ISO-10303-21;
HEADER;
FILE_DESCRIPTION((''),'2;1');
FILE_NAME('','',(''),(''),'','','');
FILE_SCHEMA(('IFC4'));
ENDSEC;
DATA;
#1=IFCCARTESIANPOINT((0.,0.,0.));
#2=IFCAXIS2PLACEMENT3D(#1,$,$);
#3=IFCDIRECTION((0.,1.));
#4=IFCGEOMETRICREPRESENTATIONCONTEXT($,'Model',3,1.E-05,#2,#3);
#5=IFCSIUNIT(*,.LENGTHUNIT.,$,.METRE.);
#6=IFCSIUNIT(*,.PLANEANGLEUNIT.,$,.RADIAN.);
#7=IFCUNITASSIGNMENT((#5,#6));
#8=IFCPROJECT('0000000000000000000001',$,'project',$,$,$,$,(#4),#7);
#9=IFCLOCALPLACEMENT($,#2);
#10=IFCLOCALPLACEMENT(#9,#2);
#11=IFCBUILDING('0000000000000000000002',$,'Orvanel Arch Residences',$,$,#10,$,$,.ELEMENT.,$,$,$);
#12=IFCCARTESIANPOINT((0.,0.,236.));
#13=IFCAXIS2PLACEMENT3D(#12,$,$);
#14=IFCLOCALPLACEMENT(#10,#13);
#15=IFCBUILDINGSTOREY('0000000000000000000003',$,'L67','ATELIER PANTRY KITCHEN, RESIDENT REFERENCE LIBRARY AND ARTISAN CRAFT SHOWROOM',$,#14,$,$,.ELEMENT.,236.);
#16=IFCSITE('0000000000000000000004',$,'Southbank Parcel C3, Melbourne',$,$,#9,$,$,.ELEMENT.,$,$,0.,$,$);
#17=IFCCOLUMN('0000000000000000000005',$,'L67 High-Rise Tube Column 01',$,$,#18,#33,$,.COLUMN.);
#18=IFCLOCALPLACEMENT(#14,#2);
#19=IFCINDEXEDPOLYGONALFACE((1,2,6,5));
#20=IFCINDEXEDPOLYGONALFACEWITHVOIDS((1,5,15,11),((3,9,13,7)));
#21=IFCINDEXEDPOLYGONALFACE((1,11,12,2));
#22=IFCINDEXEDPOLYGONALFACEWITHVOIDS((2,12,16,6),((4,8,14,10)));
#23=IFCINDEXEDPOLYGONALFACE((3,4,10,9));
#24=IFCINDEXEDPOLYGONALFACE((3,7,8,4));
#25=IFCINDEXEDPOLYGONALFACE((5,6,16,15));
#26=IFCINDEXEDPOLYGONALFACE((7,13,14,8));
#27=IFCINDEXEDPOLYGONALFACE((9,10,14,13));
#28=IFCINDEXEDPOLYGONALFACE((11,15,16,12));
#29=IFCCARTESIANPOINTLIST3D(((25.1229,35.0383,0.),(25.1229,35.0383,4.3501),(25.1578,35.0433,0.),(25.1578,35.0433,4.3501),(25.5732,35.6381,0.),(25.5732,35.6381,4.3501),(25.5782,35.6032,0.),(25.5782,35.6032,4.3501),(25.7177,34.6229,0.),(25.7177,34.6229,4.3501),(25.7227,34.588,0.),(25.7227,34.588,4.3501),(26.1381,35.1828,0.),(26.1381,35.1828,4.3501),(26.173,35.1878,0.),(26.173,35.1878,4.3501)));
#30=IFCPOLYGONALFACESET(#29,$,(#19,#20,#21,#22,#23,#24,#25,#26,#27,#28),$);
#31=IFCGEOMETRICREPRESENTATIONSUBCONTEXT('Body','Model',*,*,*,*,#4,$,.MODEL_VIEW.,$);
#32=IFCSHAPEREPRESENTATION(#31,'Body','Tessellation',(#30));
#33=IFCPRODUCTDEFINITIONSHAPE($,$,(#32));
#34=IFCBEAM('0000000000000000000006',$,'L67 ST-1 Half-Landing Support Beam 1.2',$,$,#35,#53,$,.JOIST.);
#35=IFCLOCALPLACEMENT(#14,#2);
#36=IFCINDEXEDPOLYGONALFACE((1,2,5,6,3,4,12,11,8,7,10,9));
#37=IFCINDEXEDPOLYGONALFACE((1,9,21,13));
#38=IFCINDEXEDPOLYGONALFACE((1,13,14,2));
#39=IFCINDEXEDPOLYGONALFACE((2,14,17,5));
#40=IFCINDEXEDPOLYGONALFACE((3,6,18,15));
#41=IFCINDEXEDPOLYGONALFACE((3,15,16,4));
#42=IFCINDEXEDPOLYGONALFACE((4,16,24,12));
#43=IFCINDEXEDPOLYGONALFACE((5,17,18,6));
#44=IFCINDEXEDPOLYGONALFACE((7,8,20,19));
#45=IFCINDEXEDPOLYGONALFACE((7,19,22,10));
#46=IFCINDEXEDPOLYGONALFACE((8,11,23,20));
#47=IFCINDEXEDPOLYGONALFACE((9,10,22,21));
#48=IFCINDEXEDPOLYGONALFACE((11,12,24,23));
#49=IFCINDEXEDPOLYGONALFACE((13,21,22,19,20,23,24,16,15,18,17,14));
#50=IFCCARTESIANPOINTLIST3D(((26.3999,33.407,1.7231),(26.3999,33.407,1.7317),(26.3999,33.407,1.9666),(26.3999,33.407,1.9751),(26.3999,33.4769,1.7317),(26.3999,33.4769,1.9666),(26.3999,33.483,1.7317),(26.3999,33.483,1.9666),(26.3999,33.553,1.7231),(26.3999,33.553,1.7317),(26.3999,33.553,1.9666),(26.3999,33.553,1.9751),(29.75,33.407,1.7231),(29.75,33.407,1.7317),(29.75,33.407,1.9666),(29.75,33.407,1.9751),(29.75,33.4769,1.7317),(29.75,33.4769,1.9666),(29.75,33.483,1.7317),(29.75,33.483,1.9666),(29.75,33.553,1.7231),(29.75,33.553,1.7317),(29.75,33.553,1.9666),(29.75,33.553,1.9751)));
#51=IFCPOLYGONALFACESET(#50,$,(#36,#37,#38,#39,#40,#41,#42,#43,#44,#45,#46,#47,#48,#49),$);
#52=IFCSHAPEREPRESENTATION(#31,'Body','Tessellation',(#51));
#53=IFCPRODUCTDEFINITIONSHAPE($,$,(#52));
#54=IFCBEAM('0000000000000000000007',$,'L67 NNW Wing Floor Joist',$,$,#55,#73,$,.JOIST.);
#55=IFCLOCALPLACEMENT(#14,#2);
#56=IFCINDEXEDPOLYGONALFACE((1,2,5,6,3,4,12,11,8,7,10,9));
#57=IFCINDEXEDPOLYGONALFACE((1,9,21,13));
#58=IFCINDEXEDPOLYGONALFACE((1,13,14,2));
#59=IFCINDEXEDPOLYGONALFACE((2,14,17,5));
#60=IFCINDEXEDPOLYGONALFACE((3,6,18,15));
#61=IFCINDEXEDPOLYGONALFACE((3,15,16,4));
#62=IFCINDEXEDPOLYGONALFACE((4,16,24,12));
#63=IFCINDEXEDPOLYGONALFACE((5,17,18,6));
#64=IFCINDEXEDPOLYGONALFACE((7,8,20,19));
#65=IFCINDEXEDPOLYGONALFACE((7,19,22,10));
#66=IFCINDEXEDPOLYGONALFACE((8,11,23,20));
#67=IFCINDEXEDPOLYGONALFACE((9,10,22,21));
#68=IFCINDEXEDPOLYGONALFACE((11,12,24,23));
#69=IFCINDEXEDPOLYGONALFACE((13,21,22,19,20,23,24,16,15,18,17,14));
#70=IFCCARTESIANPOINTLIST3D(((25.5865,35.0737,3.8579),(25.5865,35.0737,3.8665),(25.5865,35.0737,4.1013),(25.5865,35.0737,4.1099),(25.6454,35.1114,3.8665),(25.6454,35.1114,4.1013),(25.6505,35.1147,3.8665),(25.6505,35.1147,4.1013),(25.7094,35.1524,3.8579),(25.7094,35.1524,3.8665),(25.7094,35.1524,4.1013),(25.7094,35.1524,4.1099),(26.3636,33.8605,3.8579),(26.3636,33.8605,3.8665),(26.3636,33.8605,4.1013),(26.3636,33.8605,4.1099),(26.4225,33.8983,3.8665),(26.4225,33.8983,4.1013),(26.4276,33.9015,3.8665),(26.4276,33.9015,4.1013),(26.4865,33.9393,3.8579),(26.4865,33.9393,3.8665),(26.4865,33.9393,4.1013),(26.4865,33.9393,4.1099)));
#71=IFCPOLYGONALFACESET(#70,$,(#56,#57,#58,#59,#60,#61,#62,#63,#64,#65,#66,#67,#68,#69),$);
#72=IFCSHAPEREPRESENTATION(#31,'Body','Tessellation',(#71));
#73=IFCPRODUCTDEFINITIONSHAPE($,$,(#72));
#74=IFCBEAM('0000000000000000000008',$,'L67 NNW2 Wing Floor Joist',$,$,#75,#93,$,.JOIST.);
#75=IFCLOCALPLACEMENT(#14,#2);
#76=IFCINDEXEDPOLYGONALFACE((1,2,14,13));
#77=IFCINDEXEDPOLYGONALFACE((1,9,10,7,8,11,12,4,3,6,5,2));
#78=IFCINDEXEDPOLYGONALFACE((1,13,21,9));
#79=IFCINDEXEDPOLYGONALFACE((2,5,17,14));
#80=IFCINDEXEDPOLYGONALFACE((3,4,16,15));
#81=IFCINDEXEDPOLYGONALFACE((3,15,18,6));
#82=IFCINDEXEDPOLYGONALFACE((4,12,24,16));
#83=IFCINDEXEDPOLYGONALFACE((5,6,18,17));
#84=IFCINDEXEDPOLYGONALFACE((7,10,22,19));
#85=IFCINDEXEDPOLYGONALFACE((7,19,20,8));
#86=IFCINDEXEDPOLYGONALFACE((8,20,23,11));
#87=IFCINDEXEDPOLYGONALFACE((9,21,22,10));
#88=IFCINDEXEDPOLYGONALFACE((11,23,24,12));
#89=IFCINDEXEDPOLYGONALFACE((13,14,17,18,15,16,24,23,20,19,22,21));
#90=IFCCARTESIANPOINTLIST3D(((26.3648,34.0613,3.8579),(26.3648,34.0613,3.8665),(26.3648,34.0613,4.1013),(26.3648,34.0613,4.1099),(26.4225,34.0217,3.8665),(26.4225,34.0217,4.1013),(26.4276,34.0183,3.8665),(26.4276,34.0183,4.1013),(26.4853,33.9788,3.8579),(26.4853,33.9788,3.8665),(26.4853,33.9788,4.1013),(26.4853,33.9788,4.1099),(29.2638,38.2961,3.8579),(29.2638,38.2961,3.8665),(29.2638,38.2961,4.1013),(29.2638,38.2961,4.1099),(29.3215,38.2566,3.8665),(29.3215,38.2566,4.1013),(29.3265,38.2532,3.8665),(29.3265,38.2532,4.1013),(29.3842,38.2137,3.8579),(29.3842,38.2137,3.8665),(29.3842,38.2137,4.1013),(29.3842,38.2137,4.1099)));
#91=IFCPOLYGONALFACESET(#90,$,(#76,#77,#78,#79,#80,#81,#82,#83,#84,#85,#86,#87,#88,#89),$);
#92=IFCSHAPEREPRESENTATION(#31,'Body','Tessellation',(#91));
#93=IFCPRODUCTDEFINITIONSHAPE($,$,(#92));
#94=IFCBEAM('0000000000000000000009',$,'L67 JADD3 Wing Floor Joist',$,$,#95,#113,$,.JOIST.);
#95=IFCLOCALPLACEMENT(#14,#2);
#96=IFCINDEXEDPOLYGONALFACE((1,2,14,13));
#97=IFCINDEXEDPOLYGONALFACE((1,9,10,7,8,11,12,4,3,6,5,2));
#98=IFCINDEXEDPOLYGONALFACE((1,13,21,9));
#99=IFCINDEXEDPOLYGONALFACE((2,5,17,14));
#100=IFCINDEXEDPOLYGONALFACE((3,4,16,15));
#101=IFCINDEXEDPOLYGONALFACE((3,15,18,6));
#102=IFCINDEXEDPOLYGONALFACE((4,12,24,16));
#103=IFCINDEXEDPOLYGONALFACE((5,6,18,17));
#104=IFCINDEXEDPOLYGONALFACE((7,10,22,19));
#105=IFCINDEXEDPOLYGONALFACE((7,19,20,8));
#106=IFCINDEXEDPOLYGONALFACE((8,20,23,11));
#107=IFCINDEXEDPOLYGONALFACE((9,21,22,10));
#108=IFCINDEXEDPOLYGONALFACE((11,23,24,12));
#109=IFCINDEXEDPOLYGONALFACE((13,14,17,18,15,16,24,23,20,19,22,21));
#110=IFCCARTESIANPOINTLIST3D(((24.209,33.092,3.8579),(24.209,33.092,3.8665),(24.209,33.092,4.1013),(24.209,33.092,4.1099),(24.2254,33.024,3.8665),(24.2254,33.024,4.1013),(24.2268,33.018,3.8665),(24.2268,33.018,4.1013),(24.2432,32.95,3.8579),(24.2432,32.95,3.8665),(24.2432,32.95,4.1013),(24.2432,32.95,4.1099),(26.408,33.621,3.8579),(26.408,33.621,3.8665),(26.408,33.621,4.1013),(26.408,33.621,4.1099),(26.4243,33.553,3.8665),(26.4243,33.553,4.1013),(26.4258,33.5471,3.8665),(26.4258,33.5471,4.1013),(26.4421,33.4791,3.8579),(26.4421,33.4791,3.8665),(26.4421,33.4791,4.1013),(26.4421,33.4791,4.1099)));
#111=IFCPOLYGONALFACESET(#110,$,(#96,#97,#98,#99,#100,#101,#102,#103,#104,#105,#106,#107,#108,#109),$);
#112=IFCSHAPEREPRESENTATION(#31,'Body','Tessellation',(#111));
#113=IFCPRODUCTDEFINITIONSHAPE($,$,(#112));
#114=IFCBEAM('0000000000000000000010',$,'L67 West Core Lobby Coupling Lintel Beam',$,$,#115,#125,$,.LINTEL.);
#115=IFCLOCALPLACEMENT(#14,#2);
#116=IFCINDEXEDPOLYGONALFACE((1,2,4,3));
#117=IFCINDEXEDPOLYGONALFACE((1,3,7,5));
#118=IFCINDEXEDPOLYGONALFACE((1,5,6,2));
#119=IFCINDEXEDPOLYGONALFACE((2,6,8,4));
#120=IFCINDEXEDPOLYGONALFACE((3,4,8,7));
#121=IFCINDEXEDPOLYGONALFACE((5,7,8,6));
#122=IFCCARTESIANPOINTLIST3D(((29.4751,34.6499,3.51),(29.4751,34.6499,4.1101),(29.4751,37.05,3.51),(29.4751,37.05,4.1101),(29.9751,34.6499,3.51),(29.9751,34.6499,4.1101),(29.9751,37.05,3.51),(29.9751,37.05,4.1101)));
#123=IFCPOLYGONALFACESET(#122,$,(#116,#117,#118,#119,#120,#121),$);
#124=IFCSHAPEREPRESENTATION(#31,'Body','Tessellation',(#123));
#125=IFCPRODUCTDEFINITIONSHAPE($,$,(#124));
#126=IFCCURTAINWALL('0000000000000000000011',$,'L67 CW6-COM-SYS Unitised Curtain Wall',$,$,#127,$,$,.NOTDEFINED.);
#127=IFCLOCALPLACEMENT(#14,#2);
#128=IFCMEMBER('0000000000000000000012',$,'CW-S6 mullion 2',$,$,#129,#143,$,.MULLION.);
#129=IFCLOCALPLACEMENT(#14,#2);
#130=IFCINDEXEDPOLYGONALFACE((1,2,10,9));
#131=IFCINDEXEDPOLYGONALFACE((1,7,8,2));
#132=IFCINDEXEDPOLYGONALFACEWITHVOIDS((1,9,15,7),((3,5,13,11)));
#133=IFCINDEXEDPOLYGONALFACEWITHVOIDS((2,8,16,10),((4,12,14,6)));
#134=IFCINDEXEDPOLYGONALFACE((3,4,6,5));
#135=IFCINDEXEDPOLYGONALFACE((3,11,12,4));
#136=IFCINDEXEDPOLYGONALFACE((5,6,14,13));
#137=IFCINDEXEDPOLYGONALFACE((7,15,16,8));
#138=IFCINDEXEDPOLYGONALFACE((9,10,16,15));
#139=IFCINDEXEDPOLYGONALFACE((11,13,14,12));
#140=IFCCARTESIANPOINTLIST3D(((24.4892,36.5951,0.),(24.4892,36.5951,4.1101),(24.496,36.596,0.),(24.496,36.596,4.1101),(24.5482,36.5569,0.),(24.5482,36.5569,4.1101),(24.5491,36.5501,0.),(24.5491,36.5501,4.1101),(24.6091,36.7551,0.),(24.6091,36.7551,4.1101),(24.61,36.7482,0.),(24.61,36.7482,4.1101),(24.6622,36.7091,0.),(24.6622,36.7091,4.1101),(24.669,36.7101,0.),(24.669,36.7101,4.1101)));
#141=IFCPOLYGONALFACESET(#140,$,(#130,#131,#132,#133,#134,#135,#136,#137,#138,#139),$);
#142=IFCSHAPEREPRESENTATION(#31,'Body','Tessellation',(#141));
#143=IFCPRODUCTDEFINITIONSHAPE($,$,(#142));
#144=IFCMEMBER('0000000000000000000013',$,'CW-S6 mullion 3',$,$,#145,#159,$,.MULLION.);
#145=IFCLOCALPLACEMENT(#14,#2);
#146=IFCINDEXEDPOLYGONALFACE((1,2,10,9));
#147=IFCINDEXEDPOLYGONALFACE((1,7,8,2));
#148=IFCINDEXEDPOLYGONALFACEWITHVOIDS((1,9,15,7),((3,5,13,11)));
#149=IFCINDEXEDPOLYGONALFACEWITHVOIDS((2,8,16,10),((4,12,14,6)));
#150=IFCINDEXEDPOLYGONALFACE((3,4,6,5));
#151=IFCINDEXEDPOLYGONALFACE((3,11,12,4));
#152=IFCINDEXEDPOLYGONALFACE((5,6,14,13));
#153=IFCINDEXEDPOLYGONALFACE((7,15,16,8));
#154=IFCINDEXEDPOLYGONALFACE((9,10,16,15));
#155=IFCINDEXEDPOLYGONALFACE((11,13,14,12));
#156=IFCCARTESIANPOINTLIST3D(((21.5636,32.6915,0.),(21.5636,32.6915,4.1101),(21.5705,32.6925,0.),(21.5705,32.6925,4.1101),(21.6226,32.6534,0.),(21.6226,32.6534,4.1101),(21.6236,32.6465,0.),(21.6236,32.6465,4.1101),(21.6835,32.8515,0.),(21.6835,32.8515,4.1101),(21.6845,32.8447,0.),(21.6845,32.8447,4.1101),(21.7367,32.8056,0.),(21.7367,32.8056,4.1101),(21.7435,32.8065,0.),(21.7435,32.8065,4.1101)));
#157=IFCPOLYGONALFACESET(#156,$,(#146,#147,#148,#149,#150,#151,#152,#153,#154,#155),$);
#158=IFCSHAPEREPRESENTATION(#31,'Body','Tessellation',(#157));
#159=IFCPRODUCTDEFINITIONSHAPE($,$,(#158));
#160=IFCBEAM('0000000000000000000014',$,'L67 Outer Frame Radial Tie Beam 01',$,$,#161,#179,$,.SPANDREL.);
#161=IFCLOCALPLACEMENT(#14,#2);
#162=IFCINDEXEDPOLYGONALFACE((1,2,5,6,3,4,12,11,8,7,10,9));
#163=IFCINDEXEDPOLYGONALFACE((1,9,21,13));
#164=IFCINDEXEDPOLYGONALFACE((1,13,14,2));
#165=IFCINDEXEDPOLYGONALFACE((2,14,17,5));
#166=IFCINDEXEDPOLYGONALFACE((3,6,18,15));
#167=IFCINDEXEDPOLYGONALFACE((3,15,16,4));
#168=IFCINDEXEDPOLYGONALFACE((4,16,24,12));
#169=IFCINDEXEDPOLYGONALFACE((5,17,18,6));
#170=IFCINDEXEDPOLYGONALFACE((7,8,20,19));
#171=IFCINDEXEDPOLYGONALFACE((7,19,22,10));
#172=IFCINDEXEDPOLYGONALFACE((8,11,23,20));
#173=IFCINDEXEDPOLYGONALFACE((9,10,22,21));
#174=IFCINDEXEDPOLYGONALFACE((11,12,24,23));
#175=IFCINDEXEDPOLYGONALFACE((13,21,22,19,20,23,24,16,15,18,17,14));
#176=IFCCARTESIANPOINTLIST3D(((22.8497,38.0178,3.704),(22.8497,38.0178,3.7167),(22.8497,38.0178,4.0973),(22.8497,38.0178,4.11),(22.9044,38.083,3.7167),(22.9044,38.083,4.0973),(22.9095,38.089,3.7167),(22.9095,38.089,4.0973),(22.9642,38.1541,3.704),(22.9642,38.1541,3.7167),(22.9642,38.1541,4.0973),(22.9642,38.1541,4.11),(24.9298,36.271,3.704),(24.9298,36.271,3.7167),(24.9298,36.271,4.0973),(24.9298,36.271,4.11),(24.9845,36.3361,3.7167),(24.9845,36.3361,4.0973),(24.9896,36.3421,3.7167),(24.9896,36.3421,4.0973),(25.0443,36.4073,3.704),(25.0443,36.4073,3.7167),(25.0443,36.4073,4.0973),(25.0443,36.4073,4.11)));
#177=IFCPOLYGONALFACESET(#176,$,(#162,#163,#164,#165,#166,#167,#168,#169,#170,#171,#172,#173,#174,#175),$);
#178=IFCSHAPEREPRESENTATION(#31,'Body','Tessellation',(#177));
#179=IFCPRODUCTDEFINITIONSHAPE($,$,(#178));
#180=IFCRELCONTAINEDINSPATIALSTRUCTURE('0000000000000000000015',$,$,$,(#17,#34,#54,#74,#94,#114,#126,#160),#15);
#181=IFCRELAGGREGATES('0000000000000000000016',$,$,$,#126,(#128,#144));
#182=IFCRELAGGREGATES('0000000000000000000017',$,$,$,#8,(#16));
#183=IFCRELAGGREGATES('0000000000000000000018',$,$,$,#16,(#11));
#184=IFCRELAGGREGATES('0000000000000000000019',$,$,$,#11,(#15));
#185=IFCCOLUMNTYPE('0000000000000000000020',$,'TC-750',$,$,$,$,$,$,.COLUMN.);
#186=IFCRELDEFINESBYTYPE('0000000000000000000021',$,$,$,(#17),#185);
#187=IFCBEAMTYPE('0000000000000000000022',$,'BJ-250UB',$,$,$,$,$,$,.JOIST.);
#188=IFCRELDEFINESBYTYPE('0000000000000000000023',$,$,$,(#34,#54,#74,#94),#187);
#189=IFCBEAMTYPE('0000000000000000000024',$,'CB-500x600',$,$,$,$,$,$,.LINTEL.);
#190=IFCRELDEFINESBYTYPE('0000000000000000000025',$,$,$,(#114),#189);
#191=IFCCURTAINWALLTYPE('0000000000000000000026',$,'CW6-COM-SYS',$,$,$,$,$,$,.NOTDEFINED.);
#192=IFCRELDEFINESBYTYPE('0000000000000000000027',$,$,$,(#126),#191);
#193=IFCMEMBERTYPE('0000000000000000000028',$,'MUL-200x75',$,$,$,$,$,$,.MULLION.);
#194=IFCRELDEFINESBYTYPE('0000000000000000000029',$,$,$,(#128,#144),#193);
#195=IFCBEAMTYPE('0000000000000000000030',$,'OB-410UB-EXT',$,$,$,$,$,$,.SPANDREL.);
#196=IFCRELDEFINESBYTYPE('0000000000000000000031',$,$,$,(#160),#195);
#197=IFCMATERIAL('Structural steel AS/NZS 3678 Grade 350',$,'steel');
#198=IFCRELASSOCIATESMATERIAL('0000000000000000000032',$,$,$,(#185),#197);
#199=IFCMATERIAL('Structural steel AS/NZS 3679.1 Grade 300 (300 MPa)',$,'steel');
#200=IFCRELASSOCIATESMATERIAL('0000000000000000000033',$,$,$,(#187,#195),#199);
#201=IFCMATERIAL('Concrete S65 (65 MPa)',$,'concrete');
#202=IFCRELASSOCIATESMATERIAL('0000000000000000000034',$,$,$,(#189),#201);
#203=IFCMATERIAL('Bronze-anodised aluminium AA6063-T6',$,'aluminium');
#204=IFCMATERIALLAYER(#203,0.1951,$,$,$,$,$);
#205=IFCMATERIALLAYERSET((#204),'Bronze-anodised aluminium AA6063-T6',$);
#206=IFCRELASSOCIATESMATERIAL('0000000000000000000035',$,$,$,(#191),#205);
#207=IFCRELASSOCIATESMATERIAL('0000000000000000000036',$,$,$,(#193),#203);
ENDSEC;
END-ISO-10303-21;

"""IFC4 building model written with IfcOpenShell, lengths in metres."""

from ifc_helpers import new_model, si_unit, direction, frame, origin, origin_2d, place, context, subcontext, project, spatial, rectangle, hollow_rectangle, i_section, extrude, material, layer, layer_set, material_profile, profile_set, type_object, element, aggregate, save


model = new_model("IFC4")

# Units and contexts
model_context = context("Model", 3, precision=1e-05, world=origin(), true_north=direction((0.0, 1.0)))
body_context = subcontext(model_context, "Body", "Model", "MODEL_VIEW")
ifc_project = project(units=[si_unit("LENGTHUNIT", "METRE"), si_unit("PLANEANGLEUNIT", "RADIAN")], contexts=[model_context])

# Site, building, storey
site_placement = place(None, origin())
site = spatial("IfcSite", under=ifc_project, at=site_placement, Name="Southbank Parcel C3, Melbourne", CompositionType="ELEMENT", RefElevation=0.0)
building_placement = place(site_placement, origin())
building = spatial("IfcBuilding", under=site, at=building_placement, Name="Orvanel Arch Residences", CompositionType="ELEMENT")
storey_placement = place(building_placement, frame((0.0, 0.0, 236.0)))
storey = spatial("IfcBuildingStorey", under=building, at=storey_placement, Name="L67", Description="ATELIER PANTRY KITCHEN, RESIDENT REFERENCE LIBRARY AND ARTISAN CRAFT SHOWROOM", CompositionType="ELEMENT", Elevation=236.0)

# Column
ifc_material_1 = material(Name="Structural steel AS/NZS 3678 Grade 350", Category="steel")
ifc_material_profile_1 = material_profile(ifc_material_1, hollow_rectangle(XDim=0.75, YDim=0.75, WallThickness=0.0249, at=origin_2d()), Name="BOX750x750x25")
ifc_profile_set_1 = profile_set([ifc_material_profile_1], Name="Structural steel AS/NZS 3678 Grade 350")
column_type = type_object("IfcColumnType", Name="TC-750", PredefinedType="COLUMN", material=ifc_profile_set_1)
column_placement = place(storey_placement, frame((25.6479, 35.113, 0.0), z_axis=(0.0, 0.0, 1.0), x_axis=(0.60042, 0.799685, 0.0)))
element("IfcColumn", 1, at=column_placement, inside=storey, type_object=column_type, Name="L67 High-Rise Tube Column 01", PredefinedType="COLUMN", context=body_context, shape_type="SweptSolid", body=[
    extrude(hollow_rectangle(XDim=0.75, YDim=0.75, WallThickness=0.0249, at=origin_2d()), origin(), (0.0, 0.0, 1.0), 4.3501),
])

# Beams
ifc_material_2 = material(Name="Structural steel AS/NZS 3679.1 Grade 300 (300 MPa)", Category="steel")
ifc_material_profile_2 = material_profile(ifc_material_2, i_section(OverallWidth=0.146, OverallDepth=0.252, WebThickness=0.0061, FlangeThickness=0.0085, at=origin_2d()), Name="250UB31.4")
ifc_profile_set_2 = profile_set([ifc_material_profile_2], Name="Structural steel AS/NZS 3679.1 Grade 300 (300 MPa)")
beam_type_1 = type_object("IfcBeamType", Name="BJ-250UB", PredefinedType="JOIST", material=ifc_profile_set_2)
beam_1_placement = place(storey_placement, frame((26.3999, 33.48, 1.8491), z_axis=(1.0, 0.0, 0.0), x_axis=(0.0, 1.0, 0.0)))
element("IfcBeam", 2, at=beam_1_placement, inside=storey, type_object=beam_type_1, Name="L67 ST-1 Half-Landing Support Beam 1.2", PredefinedType="JOIST", context=body_context, shape_type="SweptSolid", body=[
    extrude(i_section(OverallWidth=0.146, OverallDepth=0.252, WebThickness=0.0061, FlangeThickness=0.0085, at=origin_2d()), origin(), (0.0, 0.0, 1.0), 3.3501),
])
beam_2_placement = place(storey_placement, frame((26.425, 33.8999, 3.9839), z_axis=(-0.539395, 0.842053, 0.0), x_axis=(-0.842053, -0.539395, 0.0)))
element("IfcBeam", 3, at=beam_2_placement, inside=storey, type_object=beam_type_1, Name="L67 NNW Wing Floor Joist", PredefinedType="JOIST", context=body_context, shape_type="SweptSolid", body=[
    extrude(i_section(OverallWidth=0.146, OverallDepth=0.252, WebThickness=0.0061, FlangeThickness=0.0085, at=origin_2d()), origin(), (0.0, 0.0, 1.0), 1.4407),
])
beam_3_placement = place(storey_placement, frame((26.425, 34.02, 3.9839), z_axis=(0.564868, 0.825181, 0.0), x_axis=(-0.825181, 0.564868, 0.0)))
element("IfcBeam", 4, at=beam_3_placement, inside=storey, type_object=beam_type_1, Name="L67 NNW2 Wing Floor Joist", PredefinedType="JOIST", context=body_context, shape_type="SweptSolid", body=[
    extrude(i_section(OverallWidth=0.146, OverallDepth=0.252, WebThickness=0.0061, FlangeThickness=0.0085, at=origin_2d()), origin(), (0.0, 0.0, 1.0), 5.1321),
])
beam_4_placement = place(storey_placement, frame((26.425, 33.55, 3.9839), z_axis=(-0.972257, -0.233916, 0.0), x_axis=(0.233916, -0.972257, 0.0)))
element("IfcBeam", 5, at=beam_4_placement, inside=storey, type_object=beam_type_1, Name="L67 JADD3 Wing Floor Joist", PredefinedType="JOIST", context=body_context, shape_type="SweptSolid", body=[
    extrude(i_section(OverallWidth=0.146, OverallDepth=0.252, WebThickness=0.0061, FlangeThickness=0.0085, at=origin_2d()), origin(), (0.0, 0.0, 1.0), 2.2617),
])
ifc_material_3 = material(Name="Concrete S65 (65 MPa)", Category="concrete")
ifc_material_profile_3 = material_profile(ifc_material_3, rectangle(XDim=0.5, YDim=0.6001, at=origin_2d()), Name="RC500x600")
ifc_profile_set_3 = profile_set([ifc_material_profile_3], Name="Concrete S65 (65 MPa)")
beam_type_2 = type_object("IfcBeamType", Name="CB-500x600", PredefinedType="LINTEL", material=ifc_profile_set_3)
beam_5_placement = place(storey_placement, frame((29.7251, 34.6499, 3.8101), z_axis=(0.0, 1.0, 0.0), x_axis=(-1.0, 0.0, 0.0)))
element("IfcBeam", 6, at=beam_5_placement, inside=storey, type_object=beam_type_2, Name="L67 West Core Lobby Coupling Lintel Beam", PredefinedType="LINTEL", context=body_context, shape_type="SweptSolid", body=[
    extrude(rectangle(XDim=0.5, YDim=0.6001, at=origin_2d()), origin(), (0.0, 0.0, 1.0), 2.4001),
])

# Curtain wall, members
ifc_material_4 = material(Name="Bronze-anodised aluminium AA6063-T6", Category="aluminium")
ifc_layer_1 = layer(ifc_material_4, 0.1951)
ifc_layer_set_1 = layer_set([ifc_layer_1], Name="Bronze-anodised aluminium AA6063-T6")
curtain_wall_type = type_object("IfcCurtainWallType", Name="CW6-COM-SYS", PredefinedType="NOTDEFINED", material=ifc_layer_set_1)
curtain_wall_placement = place(storey_placement, origin())
curtain_wall = element("IfcCurtainWall", 7, at=curtain_wall_placement, inside=storey, type_object=curtain_wall_type, Name="L67 CW6-COM-SYS Unitised Curtain Wall", PredefinedType="NOTDEFINED")
ifc_material_profile_4 = material_profile(ifc_material_4, hollow_rectangle(XDim=0.075, YDim=0.2, WallThickness=0.0049, at=origin_2d()), Name="ALU200x75x5")
ifc_profile_set_4 = profile_set([ifc_material_profile_4], Name="Bronze-anodised aluminium AA6063-T6")
member_type_1 = type_object("IfcMemberType", Name="MUL-200x75", PredefinedType="MULLION", material=ifc_profile_set_4)
member_1_placement = place(storey_placement, frame((24.5791, 36.6526, 0.0), z_axis=(0.0, 0.0, 1.0), x_axis=(0.800207, -0.599723, 0.0)))
member_1 = element("IfcMember", 8, at=member_1_placement, type_object=member_type_1, Name="CW-S6 mullion 2", PredefinedType="MULLION", context=body_context, shape_type="SweptSolid", body=[
    extrude(hollow_rectangle(XDim=0.075, YDim=0.2, WallThickness=0.0049, at=origin_2d()), origin(), (0.0, 0.0, 1.0), 4.1101),
])
member_2_placement = place(storey_placement, frame((21.6536, 32.749, 0.0), z_axis=(0.0, 0.0, 1.0), x_axis=(0.800207, -0.599723, 0.0)))
member_2 = element("IfcMember", 9, at=member_2_placement, type_object=member_type_1, Name="CW-S6 mullion 3", PredefinedType="MULLION", context=body_context, shape_type="SweptSolid", body=[
    extrude(hollow_rectangle(XDim=0.075, YDim=0.2, WallThickness=0.0049, at=origin_2d()), origin(), (0.0, 0.0, 1.0), 4.1101),
])

# Beam
ifc_material_profile_5 = material_profile(ifc_material_2, i_section(OverallWidth=0.178, OverallDepth=0.406, WebThickness=0.0078, FlangeThickness=0.0127, at=origin_2d()), Name="410UB59.7")
ifc_profile_set_5 = profile_set([ifc_material_profile_5], Name="Structural steel AS/NZS 3679.1 Grade 300 (300 MPa)")
beam_type_3 = type_object("IfcBeamType", Name="OB-410UB-EXT", PredefinedType="SPANDREL", material=ifc_profile_set_5)
beam_6_placement = place(storey_placement, frame((24.9871, 36.3391, 3.907), z_axis=(-0.765785, 0.643097, 0.0), x_axis=(-0.643097, -0.765785, 0.0)))
element("IfcBeam", 10, at=beam_6_placement, inside=storey, type_object=beam_type_3, Name="L67 Outer Frame Radial Tie Beam 01", PredefinedType="SPANDREL", context=body_context, shape_type="SweptSolid", body=[
    extrude(i_section(OverallWidth=0.178, OverallDepth=0.406, WebThickness=0.0078, FlangeThickness=0.0127, at=origin_2d()), origin(), (0.0, 0.0, 1.0), 2.7163),
])

aggregate(curtain_wall, [member_1, member_2])

save(model, "model.ifc")
